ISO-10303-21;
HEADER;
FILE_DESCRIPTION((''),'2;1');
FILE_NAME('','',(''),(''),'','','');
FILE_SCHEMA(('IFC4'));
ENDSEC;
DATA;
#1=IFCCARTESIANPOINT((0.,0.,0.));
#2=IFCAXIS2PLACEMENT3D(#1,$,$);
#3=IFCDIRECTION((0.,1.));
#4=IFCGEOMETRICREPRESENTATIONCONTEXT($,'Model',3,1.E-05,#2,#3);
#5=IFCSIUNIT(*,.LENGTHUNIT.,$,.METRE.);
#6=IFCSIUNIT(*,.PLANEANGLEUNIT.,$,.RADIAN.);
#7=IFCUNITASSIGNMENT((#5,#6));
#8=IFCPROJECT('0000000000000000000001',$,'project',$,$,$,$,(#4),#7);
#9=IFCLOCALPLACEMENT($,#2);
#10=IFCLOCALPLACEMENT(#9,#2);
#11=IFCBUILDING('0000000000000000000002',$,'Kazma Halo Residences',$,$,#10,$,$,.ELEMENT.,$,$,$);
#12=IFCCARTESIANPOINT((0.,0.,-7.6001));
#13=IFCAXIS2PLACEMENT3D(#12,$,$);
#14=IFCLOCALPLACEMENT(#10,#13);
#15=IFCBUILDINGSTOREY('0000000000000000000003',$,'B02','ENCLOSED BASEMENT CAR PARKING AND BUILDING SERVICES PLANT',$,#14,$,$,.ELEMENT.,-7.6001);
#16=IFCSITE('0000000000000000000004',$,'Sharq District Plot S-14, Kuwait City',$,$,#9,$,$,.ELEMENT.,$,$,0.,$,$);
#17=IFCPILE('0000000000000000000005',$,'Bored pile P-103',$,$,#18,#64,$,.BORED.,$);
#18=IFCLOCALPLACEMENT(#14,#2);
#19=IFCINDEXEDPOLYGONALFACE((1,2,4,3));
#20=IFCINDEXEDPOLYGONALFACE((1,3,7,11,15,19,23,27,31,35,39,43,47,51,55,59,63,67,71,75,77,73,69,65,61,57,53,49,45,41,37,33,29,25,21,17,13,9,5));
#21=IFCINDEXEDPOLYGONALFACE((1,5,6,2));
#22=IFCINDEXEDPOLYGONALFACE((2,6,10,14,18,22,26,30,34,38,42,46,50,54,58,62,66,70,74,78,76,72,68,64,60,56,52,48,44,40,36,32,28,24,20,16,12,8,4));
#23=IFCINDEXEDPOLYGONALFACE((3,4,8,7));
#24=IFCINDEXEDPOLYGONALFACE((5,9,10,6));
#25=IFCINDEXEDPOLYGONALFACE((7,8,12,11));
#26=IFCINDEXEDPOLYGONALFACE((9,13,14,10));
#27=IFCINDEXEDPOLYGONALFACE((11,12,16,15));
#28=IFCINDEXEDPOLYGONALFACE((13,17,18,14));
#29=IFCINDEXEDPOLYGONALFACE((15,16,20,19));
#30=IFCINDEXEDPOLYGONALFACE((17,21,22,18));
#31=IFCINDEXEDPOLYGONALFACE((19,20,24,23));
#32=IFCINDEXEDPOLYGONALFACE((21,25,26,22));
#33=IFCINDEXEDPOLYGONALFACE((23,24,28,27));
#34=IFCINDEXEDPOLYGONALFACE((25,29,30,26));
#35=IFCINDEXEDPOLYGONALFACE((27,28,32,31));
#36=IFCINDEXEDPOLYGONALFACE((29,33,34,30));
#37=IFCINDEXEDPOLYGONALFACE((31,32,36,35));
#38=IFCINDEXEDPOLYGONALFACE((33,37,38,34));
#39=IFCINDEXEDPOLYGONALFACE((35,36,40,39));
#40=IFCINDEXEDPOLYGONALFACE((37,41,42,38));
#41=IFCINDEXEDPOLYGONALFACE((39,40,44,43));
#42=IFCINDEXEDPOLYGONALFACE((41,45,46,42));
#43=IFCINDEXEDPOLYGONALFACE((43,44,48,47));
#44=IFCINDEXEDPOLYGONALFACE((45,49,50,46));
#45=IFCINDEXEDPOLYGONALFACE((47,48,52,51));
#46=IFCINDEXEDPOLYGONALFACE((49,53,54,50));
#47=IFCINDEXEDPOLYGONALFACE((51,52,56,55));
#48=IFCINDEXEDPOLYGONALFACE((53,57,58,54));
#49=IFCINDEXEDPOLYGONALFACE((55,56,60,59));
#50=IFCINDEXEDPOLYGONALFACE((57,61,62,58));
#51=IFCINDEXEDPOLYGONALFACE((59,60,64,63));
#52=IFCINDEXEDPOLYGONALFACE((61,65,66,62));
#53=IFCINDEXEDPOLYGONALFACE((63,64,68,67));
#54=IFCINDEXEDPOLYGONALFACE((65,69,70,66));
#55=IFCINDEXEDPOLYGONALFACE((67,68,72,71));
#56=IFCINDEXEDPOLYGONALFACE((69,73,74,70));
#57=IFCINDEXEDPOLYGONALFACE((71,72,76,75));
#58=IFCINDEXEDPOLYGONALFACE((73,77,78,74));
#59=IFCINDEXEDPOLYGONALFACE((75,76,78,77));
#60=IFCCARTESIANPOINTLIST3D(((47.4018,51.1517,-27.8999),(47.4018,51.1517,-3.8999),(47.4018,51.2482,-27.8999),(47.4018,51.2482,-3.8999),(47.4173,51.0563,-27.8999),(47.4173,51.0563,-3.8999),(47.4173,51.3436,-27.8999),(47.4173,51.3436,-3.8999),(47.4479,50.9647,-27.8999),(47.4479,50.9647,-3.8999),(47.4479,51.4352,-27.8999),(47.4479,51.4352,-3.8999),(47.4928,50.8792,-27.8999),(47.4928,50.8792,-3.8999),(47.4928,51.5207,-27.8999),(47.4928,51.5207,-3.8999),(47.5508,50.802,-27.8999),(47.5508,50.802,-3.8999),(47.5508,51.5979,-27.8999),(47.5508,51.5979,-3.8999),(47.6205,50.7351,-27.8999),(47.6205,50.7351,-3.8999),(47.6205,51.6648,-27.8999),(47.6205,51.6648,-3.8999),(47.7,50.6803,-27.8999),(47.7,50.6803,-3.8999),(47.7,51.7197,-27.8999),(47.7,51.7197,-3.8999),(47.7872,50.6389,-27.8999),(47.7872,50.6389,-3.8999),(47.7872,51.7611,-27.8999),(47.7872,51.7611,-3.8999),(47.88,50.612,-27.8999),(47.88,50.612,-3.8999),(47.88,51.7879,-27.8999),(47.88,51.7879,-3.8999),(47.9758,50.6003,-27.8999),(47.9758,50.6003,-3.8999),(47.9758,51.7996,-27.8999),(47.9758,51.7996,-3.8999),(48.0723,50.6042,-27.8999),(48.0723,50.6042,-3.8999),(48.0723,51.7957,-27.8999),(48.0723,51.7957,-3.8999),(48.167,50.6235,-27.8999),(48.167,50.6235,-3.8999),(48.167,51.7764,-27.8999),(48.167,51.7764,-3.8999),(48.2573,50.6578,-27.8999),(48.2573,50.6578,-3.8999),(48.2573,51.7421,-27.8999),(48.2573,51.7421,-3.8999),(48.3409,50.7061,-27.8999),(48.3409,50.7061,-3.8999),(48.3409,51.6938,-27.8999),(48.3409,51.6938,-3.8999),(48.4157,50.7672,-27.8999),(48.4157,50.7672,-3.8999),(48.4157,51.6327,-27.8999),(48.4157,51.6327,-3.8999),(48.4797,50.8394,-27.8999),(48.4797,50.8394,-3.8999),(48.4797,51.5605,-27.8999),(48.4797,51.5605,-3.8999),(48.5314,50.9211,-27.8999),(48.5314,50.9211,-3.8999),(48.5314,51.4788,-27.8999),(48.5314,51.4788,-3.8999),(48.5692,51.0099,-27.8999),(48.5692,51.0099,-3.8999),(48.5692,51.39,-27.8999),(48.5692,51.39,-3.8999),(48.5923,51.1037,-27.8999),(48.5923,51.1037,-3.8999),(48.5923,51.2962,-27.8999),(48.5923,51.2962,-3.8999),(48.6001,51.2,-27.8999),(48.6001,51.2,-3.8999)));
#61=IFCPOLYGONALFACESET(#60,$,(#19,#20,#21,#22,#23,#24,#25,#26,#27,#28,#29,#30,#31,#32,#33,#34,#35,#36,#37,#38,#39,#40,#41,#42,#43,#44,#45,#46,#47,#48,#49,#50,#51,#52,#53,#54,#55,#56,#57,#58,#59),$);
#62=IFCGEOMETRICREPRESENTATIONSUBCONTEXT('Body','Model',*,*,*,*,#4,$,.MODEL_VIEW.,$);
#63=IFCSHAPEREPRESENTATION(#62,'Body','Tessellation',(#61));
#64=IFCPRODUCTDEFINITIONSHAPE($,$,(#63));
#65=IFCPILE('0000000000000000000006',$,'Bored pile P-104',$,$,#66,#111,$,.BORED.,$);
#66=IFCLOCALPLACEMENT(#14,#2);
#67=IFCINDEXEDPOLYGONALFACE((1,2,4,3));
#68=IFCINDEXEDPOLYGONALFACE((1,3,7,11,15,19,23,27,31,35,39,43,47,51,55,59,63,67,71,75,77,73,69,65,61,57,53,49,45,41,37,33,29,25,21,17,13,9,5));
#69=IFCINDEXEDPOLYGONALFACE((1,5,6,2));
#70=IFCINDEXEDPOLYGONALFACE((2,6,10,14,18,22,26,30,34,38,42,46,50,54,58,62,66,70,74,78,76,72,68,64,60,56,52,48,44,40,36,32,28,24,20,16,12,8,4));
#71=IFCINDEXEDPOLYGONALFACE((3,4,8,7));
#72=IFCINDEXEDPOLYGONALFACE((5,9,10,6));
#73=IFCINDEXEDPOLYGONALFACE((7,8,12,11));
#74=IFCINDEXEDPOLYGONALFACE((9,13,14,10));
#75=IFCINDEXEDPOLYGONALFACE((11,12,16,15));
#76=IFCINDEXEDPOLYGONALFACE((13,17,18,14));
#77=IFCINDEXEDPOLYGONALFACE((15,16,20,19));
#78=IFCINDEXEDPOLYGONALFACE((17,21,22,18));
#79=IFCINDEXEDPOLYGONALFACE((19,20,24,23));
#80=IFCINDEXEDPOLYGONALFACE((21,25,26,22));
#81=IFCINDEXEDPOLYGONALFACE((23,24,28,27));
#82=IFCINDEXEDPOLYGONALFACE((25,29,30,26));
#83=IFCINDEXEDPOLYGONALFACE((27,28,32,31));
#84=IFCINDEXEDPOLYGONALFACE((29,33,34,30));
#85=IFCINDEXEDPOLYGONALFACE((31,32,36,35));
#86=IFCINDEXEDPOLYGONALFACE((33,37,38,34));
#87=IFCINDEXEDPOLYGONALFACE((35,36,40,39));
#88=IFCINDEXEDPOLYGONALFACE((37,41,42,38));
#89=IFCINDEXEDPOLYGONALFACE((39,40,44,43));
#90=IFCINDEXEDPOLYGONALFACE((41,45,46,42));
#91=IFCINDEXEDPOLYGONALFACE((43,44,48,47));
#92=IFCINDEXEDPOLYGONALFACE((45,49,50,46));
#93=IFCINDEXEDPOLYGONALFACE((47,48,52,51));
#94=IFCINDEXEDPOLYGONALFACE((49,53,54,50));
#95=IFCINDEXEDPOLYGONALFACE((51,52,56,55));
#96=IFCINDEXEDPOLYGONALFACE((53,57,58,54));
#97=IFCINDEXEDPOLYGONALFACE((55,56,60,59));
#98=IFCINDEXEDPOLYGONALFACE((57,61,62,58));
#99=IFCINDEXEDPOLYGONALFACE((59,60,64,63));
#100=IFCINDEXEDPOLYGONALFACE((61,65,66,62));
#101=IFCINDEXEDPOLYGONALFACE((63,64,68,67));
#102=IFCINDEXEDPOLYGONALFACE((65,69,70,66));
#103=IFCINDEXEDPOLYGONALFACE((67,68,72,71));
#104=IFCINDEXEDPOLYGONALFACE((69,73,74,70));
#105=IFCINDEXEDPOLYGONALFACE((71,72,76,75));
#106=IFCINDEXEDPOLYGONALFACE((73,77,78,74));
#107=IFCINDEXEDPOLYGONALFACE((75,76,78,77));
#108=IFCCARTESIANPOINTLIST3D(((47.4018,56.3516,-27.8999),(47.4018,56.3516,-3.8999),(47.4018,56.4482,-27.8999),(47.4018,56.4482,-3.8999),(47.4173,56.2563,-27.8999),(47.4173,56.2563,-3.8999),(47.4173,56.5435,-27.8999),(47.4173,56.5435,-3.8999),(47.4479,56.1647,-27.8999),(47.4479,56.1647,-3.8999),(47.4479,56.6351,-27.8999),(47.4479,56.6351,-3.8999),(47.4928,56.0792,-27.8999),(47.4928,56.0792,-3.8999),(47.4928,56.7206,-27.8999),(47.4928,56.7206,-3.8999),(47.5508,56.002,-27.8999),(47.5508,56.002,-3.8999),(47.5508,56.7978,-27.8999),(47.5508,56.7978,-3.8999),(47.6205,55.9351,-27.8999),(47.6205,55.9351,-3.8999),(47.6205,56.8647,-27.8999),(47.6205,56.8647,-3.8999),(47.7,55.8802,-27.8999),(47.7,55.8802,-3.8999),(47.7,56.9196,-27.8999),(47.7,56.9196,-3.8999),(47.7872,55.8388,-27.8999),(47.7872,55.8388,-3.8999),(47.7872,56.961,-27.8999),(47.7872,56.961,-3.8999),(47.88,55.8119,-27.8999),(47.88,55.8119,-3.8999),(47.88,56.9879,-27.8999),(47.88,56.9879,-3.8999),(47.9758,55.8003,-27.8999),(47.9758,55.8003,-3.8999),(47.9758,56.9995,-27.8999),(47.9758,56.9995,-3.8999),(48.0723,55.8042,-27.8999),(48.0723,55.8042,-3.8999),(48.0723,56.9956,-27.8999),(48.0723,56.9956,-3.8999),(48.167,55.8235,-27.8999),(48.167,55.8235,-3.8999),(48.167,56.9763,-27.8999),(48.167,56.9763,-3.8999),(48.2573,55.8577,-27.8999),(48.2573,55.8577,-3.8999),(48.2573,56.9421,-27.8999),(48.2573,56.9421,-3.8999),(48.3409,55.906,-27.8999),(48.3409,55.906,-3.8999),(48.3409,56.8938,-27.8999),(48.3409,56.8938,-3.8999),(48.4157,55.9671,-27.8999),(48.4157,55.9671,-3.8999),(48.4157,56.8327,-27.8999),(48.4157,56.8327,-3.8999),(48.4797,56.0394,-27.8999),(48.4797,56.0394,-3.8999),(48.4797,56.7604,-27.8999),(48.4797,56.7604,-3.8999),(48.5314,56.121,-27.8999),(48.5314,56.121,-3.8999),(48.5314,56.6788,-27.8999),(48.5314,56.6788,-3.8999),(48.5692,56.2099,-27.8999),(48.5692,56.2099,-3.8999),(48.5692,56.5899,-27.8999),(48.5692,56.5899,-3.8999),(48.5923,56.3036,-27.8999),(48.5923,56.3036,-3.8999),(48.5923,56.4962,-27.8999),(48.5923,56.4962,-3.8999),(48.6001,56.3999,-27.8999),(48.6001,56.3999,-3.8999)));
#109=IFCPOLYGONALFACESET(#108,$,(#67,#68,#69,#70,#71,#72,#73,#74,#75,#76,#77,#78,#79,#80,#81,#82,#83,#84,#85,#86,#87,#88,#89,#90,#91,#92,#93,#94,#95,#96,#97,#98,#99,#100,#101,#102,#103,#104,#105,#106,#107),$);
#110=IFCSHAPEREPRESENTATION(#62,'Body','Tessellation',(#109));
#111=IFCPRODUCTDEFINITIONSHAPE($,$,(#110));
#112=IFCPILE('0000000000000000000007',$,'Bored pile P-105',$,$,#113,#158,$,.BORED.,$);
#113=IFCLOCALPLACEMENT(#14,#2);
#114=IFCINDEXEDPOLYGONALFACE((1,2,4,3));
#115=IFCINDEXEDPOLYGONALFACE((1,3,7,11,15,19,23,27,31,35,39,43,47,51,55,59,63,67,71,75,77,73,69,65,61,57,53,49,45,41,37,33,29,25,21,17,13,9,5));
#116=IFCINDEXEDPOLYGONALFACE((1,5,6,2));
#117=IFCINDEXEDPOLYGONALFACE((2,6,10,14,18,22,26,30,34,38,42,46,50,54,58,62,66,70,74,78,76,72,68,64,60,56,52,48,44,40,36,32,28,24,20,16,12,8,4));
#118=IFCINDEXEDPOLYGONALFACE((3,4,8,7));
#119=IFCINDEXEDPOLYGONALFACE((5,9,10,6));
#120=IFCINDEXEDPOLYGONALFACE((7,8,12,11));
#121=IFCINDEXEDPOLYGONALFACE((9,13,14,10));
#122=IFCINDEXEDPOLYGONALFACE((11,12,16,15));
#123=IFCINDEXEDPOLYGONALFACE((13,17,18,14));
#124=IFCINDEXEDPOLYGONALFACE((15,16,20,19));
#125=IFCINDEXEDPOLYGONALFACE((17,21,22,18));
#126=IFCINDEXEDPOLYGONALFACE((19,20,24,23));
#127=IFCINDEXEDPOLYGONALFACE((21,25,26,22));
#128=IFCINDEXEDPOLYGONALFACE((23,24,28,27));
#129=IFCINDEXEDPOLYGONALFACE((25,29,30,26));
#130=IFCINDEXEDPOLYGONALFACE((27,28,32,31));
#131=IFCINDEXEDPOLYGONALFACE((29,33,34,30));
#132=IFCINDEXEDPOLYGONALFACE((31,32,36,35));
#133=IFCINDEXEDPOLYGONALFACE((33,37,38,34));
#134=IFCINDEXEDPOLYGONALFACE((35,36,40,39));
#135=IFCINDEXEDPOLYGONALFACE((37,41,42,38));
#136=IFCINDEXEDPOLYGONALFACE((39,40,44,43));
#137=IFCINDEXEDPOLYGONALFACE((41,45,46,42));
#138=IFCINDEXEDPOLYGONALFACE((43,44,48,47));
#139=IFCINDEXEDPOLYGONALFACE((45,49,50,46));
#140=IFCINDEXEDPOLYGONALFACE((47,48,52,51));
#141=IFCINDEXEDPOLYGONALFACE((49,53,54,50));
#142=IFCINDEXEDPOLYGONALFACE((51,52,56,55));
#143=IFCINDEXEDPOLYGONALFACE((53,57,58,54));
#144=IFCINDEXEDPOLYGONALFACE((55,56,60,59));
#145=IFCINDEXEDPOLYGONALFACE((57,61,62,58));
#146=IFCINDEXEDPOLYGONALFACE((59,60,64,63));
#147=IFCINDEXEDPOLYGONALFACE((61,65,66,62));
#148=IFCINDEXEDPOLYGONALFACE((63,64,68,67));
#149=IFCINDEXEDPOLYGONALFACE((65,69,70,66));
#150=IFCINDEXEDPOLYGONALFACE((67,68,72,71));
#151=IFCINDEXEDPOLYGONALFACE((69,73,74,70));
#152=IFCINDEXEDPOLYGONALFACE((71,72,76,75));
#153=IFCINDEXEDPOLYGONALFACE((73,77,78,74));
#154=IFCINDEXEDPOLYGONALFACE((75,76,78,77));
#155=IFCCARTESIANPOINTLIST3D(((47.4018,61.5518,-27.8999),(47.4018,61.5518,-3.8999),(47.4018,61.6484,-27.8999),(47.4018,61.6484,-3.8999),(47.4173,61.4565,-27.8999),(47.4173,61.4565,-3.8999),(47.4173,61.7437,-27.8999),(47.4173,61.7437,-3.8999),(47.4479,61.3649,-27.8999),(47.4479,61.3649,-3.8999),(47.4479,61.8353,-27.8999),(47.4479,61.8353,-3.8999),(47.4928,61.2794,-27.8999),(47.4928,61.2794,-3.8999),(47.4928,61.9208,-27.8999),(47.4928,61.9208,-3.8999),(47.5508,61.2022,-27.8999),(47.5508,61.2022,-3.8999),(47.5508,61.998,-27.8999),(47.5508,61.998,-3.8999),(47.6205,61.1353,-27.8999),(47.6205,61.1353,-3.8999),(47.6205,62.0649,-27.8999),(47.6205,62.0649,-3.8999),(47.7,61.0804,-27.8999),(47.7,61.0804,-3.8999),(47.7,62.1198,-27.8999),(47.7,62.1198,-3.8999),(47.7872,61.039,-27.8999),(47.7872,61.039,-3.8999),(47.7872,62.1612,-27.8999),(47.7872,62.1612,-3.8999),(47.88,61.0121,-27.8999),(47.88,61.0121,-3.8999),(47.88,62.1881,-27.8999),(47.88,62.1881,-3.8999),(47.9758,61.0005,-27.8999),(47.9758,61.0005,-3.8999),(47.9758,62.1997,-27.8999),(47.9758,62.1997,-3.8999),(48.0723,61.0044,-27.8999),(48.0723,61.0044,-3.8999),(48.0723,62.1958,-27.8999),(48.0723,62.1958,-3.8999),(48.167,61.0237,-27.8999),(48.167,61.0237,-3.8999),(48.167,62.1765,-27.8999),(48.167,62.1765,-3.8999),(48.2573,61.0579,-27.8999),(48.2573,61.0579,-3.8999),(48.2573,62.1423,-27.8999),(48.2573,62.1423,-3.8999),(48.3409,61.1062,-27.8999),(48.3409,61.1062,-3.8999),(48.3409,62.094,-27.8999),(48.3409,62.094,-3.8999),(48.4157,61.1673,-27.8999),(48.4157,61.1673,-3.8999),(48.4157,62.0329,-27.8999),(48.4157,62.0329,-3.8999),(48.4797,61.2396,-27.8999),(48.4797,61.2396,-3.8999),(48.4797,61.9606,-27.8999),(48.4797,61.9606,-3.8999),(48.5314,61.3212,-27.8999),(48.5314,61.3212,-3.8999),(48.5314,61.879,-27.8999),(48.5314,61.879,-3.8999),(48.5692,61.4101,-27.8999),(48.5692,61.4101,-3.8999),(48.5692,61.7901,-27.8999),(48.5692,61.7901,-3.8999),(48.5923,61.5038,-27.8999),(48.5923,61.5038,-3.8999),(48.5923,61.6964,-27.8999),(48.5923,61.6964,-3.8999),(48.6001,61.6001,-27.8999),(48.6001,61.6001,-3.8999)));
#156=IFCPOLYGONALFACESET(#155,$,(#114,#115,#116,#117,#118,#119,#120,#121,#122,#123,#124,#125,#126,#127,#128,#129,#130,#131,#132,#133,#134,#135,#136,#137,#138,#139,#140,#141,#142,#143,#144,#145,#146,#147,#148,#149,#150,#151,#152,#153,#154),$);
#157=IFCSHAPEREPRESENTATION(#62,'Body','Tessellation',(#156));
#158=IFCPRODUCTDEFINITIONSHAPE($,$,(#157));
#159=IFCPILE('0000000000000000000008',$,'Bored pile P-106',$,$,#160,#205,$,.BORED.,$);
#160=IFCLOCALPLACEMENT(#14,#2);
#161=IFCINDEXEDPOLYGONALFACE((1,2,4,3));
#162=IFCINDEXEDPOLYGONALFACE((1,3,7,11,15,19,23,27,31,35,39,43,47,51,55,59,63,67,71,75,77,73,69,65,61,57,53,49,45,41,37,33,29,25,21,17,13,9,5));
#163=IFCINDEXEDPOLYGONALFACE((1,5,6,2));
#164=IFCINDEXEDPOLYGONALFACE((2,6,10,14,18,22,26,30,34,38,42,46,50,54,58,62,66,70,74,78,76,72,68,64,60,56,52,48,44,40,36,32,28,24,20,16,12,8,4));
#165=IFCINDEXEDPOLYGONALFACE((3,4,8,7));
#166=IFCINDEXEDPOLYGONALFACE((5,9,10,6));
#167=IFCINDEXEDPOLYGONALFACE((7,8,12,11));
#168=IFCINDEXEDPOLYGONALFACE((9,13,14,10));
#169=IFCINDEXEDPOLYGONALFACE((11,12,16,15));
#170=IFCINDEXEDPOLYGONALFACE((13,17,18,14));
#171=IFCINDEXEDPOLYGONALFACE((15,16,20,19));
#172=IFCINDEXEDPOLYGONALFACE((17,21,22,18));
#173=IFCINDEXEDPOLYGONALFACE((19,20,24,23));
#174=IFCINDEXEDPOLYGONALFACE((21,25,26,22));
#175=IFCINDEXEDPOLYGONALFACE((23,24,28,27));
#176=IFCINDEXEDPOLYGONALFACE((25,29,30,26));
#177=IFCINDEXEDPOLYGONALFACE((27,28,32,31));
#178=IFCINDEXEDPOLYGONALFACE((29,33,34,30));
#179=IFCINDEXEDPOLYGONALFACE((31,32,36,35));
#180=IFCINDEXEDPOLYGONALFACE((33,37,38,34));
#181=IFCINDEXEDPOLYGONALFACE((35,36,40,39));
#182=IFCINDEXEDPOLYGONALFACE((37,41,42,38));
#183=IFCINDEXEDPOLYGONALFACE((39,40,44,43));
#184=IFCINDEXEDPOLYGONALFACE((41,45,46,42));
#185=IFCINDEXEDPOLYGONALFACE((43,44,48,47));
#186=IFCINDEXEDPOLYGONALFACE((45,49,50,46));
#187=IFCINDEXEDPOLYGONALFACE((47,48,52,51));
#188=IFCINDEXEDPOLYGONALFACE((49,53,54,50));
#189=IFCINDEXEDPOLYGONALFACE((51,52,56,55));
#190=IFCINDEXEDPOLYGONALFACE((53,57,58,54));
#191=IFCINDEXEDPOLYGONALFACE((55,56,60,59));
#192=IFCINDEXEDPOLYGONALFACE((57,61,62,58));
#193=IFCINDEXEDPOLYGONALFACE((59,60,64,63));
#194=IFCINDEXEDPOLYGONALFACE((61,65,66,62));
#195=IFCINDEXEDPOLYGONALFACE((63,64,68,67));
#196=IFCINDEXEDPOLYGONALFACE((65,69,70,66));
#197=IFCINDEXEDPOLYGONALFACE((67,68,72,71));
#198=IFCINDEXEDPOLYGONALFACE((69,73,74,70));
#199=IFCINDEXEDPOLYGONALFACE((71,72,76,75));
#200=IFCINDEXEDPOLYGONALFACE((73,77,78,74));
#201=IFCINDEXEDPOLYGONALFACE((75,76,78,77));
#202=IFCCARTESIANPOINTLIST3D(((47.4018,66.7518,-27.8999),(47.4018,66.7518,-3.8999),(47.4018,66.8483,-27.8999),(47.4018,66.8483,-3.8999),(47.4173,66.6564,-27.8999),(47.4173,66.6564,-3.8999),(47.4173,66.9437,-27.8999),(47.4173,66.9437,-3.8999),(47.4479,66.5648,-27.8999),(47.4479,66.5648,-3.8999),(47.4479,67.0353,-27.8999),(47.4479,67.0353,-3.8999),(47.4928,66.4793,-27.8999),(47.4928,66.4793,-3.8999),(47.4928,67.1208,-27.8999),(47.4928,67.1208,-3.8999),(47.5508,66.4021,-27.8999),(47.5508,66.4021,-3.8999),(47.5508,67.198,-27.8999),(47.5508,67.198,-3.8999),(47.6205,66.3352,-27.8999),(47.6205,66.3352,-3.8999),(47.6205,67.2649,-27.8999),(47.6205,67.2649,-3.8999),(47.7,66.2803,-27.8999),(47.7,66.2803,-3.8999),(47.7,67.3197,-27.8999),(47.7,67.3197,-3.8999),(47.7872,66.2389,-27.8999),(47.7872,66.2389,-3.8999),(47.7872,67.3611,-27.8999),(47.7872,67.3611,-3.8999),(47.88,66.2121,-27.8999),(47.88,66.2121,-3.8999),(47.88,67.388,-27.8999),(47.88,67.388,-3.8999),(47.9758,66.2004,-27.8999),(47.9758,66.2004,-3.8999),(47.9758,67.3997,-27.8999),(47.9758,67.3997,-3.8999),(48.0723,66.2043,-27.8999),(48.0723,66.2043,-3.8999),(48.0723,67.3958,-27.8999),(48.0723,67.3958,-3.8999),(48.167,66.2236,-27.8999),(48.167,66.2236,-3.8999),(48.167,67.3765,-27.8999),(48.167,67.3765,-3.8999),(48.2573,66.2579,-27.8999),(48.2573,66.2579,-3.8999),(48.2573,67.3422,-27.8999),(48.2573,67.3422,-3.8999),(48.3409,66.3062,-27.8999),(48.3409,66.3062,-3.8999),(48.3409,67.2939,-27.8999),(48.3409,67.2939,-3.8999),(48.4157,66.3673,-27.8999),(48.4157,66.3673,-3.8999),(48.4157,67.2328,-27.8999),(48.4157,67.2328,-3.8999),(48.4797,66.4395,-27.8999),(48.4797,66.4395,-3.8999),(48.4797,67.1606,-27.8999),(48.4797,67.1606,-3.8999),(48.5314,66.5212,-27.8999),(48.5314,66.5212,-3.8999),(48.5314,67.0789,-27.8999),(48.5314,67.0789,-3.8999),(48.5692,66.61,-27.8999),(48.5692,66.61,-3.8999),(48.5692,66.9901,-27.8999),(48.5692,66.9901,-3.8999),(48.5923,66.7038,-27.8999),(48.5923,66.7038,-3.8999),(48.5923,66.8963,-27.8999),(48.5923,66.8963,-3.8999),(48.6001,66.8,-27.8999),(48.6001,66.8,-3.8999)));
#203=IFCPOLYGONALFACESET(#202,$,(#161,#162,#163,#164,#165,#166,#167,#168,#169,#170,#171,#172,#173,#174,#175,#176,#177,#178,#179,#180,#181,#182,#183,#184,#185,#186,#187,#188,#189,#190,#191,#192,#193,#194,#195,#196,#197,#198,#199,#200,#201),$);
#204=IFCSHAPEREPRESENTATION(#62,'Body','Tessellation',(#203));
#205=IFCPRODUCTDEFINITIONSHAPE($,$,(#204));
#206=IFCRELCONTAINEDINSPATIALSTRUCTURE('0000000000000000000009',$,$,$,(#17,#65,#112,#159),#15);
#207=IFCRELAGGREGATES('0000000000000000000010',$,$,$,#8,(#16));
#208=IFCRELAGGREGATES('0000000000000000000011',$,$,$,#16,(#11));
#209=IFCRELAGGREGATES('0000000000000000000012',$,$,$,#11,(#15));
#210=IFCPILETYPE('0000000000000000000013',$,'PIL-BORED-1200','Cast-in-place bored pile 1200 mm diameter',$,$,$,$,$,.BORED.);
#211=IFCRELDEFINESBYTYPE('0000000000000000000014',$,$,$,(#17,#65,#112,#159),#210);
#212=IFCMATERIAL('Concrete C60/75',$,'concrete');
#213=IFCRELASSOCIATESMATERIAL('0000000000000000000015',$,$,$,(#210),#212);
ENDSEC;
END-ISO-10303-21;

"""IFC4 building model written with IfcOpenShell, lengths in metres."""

from ifc_helpers import new_model, si_unit, direction, frame, origin, origin_2d, place, context, subcontext, project, spatial, circle, extrude, material, material_profile, profile_set, type_object, element, save


model = new_model("IFC4")

# Units and contexts
model_context = context("Model", 3, precision=1e-05, world=origin(), true_north=direction((0.0, 1.0)))
body_context = subcontext(model_context, "Body", "Model", "MODEL_VIEW")
ifc_project = project(units=[si_unit("LENGTHUNIT", "METRE"), si_unit("PLANEANGLEUNIT", "RADIAN")], contexts=[model_context])

# Site, building, storey
site_placement = place(None, origin())
site = spatial("IfcSite", under=ifc_project, at=site_placement, Name="Sharq District Plot S-14, Kuwait City", CompositionType="ELEMENT", RefElevation=0.0)
building_placement = place(site_placement, origin())
building = spatial("IfcBuilding", under=site, at=building_placement, Name="Kazma Halo Residences", CompositionType="ELEMENT")
storey_placement = place(building_placement, frame((0.0, 0.0, -7.6001)))
storey = spatial("IfcBuildingStorey", under=building, at=storey_placement, Name="B02", Description="ENCLOSED BASEMENT CAR PARKING AND BUILDING SERVICES PLANT", CompositionType="ELEMENT", Elevation=-7.6001)

# Piles
ifc_material_1 = material(Name="Concrete C60/75", Category="concrete")
ifc_material_profile_1 = material_profile(ifc_material_1, circle(Radius=0.6001, at=origin_2d()), Name="CIRC1200")
ifc_profile_set_1 = profile_set([ifc_material_profile_1], Name="Concrete C60/75")
pile_type = type_object("IfcPileType", Name="PIL-BORED-1200", Description="Cast-in-place bored pile 1200 mm diameter", PredefinedType="BORED", material=ifc_profile_set_1)
for number, where, z_axis, x_axis, name in (
    (1, (48.0, 51.2, -3.8999), (0.0, 0.0, -1.0), (1.0, 0.0, 0.0), "Bored pile P-103"),
    (2, (48.0, 56.3999, -3.8999), (0.0, 0.0, -1.0), (1.0, 0.0, 0.0), "Bored pile P-104"),
    (3, (48.0, 61.6001, -3.8999), (0.0, 0.0, -1.0), (1.0, 0.0, 0.0), "Bored pile P-105"),
    (4, (48.0, 66.8, -3.8999), (0.0, 0.0, -1.0), (1.0, 0.0, 0.0), "Bored pile P-106"),
):
    element("IfcPile", number, at=place(storey_placement, frame(where, z_axis=z_axis, x_axis=x_axis)), inside=storey, type_object=pile_type, Name=name, PredefinedType="BORED", context=body_context, shape_type="SweptSolid", body=[
        extrude(circle(Radius=0.6001, at=origin_2d()), origin(), (0.0, 0.0, 1.0), 24.0),
    ])

save(model, "model.ifc")
